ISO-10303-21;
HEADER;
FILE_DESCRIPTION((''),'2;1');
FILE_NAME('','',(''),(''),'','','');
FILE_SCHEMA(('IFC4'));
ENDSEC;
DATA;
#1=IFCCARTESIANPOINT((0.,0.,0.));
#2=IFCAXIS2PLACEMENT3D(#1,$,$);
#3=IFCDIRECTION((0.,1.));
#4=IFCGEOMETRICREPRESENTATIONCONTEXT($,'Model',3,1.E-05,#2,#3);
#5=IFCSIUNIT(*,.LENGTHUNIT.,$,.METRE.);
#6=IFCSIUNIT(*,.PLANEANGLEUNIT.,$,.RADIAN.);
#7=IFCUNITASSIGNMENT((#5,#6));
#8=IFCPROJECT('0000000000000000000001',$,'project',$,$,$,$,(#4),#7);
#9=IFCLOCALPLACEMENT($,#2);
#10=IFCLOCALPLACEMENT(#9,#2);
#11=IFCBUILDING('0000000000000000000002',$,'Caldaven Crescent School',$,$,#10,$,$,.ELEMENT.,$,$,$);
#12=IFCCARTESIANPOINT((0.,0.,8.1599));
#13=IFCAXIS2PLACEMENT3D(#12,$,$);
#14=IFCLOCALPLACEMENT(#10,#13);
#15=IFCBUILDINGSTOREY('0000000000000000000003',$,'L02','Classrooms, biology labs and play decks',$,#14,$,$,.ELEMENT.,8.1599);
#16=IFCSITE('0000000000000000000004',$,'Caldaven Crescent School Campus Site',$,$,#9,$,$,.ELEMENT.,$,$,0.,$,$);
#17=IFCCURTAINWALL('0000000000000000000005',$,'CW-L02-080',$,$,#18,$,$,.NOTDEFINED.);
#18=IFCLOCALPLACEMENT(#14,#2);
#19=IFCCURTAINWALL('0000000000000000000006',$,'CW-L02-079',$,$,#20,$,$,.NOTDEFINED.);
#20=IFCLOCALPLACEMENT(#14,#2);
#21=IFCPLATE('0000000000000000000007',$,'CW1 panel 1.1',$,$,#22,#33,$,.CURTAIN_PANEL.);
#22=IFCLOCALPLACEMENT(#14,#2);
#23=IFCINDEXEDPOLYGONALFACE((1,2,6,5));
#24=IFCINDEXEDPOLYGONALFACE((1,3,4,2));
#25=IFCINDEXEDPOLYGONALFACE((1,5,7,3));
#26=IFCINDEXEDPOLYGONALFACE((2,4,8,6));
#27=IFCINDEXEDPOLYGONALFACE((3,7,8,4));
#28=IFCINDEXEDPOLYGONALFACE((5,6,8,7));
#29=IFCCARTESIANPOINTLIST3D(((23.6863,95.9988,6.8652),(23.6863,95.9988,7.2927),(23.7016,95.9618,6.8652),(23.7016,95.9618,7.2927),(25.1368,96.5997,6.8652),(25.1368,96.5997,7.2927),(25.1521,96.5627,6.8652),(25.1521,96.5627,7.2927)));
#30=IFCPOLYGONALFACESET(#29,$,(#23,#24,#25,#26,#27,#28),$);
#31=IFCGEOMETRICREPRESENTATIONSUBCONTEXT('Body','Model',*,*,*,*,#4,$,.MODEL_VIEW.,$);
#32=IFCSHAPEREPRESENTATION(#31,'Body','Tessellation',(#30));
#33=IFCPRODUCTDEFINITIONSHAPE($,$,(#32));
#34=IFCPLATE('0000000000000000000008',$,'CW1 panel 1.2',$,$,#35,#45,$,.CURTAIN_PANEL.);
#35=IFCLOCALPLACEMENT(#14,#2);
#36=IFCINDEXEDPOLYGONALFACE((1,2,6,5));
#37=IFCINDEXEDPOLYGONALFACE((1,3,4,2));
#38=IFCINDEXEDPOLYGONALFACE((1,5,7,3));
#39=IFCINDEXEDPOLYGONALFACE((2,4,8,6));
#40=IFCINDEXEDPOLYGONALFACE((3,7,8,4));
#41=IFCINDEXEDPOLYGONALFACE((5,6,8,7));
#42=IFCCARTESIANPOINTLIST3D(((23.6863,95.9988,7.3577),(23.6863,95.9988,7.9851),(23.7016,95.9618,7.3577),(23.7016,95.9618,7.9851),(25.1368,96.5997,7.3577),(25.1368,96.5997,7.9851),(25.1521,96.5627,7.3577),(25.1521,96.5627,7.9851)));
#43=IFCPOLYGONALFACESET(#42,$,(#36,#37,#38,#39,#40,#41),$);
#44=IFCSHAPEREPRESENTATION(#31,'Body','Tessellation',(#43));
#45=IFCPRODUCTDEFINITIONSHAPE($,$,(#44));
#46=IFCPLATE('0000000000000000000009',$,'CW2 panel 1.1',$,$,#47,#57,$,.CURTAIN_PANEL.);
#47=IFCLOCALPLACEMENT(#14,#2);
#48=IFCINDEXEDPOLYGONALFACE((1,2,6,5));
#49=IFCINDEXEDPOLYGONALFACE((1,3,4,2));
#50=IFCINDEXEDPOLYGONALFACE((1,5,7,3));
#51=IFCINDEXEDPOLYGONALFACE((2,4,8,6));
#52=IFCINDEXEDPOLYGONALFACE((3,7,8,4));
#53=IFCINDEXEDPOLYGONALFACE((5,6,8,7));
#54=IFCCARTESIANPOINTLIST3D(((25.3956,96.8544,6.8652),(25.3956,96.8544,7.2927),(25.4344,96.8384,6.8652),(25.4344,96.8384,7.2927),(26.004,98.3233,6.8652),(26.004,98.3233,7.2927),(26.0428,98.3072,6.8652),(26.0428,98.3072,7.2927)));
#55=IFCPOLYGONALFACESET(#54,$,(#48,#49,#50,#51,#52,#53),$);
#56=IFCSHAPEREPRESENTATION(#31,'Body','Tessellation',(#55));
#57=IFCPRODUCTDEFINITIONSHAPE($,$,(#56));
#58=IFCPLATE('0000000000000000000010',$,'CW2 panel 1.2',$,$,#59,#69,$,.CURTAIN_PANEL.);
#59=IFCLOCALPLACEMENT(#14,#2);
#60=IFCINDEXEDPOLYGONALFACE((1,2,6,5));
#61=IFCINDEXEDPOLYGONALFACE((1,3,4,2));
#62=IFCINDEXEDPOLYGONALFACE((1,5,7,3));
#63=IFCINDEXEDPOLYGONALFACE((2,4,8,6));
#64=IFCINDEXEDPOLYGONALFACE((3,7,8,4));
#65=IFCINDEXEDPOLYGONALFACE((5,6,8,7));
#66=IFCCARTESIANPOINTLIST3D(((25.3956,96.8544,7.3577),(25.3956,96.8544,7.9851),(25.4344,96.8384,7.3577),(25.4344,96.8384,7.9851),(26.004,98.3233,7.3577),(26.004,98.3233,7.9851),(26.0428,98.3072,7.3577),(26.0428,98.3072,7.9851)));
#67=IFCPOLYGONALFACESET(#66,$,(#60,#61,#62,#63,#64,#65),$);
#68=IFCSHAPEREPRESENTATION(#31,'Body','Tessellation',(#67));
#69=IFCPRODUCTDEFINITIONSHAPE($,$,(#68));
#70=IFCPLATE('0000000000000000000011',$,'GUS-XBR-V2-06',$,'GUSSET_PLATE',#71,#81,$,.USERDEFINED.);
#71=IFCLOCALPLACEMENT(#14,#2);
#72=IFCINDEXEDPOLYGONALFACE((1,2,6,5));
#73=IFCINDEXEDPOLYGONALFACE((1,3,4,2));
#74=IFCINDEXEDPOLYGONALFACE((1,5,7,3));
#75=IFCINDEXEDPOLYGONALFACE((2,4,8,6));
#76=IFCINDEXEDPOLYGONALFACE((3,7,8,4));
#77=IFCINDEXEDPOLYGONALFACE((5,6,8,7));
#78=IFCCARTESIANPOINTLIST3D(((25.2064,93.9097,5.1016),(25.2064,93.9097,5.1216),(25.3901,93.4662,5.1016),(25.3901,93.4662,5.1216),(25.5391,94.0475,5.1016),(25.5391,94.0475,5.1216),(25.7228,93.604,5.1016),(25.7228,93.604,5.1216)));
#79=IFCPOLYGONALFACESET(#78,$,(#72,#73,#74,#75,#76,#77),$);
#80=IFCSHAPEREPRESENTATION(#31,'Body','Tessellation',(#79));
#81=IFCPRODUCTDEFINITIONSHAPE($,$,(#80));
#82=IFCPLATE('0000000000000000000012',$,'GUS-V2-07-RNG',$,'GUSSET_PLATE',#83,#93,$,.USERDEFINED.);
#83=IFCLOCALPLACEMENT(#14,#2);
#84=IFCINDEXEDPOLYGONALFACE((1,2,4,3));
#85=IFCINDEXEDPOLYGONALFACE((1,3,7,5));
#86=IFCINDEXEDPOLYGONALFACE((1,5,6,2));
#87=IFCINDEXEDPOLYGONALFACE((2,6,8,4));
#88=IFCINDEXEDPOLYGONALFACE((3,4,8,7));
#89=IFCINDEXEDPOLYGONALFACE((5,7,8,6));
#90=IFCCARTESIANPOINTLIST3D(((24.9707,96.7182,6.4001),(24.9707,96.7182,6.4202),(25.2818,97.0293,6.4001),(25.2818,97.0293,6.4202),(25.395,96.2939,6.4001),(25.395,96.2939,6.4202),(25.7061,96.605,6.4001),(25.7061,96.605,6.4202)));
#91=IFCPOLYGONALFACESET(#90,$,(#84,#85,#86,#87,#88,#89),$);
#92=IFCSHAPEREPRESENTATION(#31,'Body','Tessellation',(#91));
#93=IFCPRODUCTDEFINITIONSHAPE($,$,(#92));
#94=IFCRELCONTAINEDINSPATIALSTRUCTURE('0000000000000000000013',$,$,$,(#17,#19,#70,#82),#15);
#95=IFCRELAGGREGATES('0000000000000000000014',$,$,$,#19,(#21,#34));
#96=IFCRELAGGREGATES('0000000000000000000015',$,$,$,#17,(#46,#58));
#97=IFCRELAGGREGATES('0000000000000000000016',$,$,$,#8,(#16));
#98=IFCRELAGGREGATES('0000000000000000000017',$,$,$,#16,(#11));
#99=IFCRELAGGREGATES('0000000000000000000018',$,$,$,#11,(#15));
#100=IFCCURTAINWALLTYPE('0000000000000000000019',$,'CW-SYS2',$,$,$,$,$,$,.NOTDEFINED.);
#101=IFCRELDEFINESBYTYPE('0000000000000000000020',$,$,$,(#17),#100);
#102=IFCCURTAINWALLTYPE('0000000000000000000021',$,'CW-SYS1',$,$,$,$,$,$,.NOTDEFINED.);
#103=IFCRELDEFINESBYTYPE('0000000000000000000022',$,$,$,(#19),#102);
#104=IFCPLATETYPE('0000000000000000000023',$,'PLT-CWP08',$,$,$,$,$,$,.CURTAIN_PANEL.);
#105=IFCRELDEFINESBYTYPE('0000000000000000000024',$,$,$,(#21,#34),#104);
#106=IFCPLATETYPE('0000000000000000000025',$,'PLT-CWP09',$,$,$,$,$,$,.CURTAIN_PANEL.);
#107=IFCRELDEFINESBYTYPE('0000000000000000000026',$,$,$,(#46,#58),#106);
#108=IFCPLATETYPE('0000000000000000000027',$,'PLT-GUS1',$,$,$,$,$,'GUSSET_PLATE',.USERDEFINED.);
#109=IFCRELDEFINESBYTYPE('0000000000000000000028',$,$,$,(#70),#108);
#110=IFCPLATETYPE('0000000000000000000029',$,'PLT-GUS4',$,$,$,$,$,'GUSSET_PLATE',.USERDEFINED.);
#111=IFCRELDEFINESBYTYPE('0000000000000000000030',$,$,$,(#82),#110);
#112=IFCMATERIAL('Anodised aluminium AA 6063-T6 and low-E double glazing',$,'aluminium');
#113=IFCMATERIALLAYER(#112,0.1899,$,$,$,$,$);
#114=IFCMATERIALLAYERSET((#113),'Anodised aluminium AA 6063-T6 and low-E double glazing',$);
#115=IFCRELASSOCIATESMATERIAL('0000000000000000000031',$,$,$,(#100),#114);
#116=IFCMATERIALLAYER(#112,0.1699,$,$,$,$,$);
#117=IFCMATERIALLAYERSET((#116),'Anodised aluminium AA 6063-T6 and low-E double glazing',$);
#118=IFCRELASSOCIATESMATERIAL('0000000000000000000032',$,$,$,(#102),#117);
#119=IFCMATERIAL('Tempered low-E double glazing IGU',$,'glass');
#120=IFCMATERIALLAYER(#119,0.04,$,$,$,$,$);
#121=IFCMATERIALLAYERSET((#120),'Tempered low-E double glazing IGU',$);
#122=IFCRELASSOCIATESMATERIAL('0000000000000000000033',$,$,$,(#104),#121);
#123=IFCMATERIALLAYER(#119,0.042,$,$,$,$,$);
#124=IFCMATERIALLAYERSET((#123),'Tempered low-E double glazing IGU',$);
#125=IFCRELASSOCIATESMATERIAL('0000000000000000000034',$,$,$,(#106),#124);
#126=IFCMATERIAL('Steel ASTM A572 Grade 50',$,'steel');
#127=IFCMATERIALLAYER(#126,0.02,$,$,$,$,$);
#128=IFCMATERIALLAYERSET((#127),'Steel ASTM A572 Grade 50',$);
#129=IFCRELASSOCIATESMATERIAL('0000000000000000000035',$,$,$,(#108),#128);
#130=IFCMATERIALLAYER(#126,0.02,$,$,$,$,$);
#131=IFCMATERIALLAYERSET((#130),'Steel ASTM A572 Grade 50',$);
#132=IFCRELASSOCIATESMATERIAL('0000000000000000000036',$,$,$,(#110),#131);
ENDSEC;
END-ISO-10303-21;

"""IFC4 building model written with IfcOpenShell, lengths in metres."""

from ifc_helpers import new_model, si_unit, direction, frame, origin, origin_2d, place, context, subcontext, project, spatial, rectangle, extrude, material, layer, layer_set, type_object, element, aggregate, save


model = new_model("IFC4")

# Units and contexts
model_context = context("Model", 3, precision=1e-05, world=origin(), true_north=direction((0.0, 1.0)))
body_context = subcontext(model_context, "Body", "Model", "MODEL_VIEW")
ifc_project = project(units=[si_unit("LENGTHUNIT", "METRE"), si_unit("PLANEANGLEUNIT", "RADIAN")], contexts=[model_context])

# Site, building, storey
site_placement = place(None, origin())
site = spatial("IfcSite", under=ifc_project, at=site_placement, Name="Caldaven Crescent School Campus Site", CompositionType="ELEMENT", RefElevation=0.0)
building_placement = place(site_placement, origin())
building = spatial("IfcBuilding", under=site, at=building_placement, Name="Caldaven Crescent School", CompositionType="ELEMENT")
storey_placement = place(building_placement, frame((0.0, 0.0, 8.1599)))
storey = spatial("IfcBuildingStorey", under=building, at=storey_placement, Name="L02", Description="Classrooms, biology labs and play decks", CompositionType="ELEMENT", Elevation=8.1599)

# Shared definitions
ifc_material_1 = material(Name="Steel ASTM A572 Grade 50", Category="steel")

# Curtain wall
ifc_material_2 = material(Name="Anodised aluminium AA 6063-T6 and low-E double glazing", Category="aluminium")
ifc_layer_1 = layer(ifc_material_2, 0.1899)
ifc_layer_set_1 = layer_set([ifc_layer_1], Name="Anodised aluminium AA 6063-T6 and low-E double glazing")
curtain_wall_type_1 = type_object("IfcCurtainWallType", Name="CW-SYS2", PredefinedType="NOTDEFINED", material=ifc_layer_set_1)
curtain_wall_1_placement = place(storey_placement, origin())
curtain_wall_1 = element("IfcCurtainWall", 1, at=curtain_wall_1_placement, inside=storey, type_object=curtain_wall_type_1, Name="CW-L02-080", PredefinedType="NOTDEFINED")

# Curtain wall
ifc_layer_2 = layer(ifc_material_2, 0.1699)
ifc_layer_set_2 = layer_set([ifc_layer_2], Name="Anodised aluminium AA 6063-T6 and low-E double glazing")
curtain_wall_type_2 = type_object("IfcCurtainWallType", Name="CW-SYS1", PredefinedType="NOTDEFINED", material=ifc_layer_set_2)
curtain_wall_2_placement = place(storey_placement, origin())
curtain_wall_2 = element("IfcCurtainWall", 2, at=curtain_wall_2_placement, inside=storey, type_object=curtain_wall_type_2, Name="CW-L02-079", PredefinedType="NOTDEFINED")

# Plates
ifc_material_3 = material(Name="Tempered low-E double glazing IGU", Category="glass")
ifc_layer_3 = layer(ifc_material_3, 0.04)
ifc_layer_set_3 = layer_set([ifc_layer_3], Name="Tempered low-E double glazing IGU")
plate_type_1 = type_object("IfcPlateType", Name="PLT-CWP08", PredefinedType="CURTAIN_PANEL", material=ifc_layer_set_3)
plate_1_placement = place(storey_placement, frame((24.4192, 96.2808, 6.8652), z_axis=(0.0, 0.0, 1.0), x_axis=(0.92388, 0.382683, 0.0)))
plate_1 = element("IfcPlate", 3, at=plate_1_placement, type_object=plate_type_1, Name="CW1 panel 1.1", PredefinedType="CURTAIN_PANEL", context=body_context, shape_type="SweptSolid", body=[
    extrude(rectangle(XDim=1.5701, YDim=0.04, at=origin_2d()), origin(), (0.0, 0.0, 1.0), 0.4275),
])
plate_2_placement = place(storey_placement, frame((24.4192, 96.2808, 7.3577), z_axis=(0.0, 0.0, 1.0), x_axis=(0.92388, 0.382683, 0.0)))
plate_2 = element("IfcPlate", 4, at=plate_2_placement, type_object=plate_type_1, Name="CW1 panel 1.2", PredefinedType="CURTAIN_PANEL", context=body_context, shape_type="SweptSolid", body=[
    extrude(rectangle(XDim=1.5701, YDim=0.04, at=origin_2d()), origin(), (0.0, 0.0, 1.0), 0.6274),
])
aggregate(curtain_wall_2, [plate_1, plate_2])
ifc_layer_4 = layer(ifc_material_3, 0.042)
ifc_layer_set_4 = layer_set([ifc_layer_4], Name="Tempered low-E double glazing IGU")
plate_type_2 = type_object("IfcPlateType", Name="PLT-CWP09", PredefinedType="CURTAIN_PANEL", material=ifc_layer_set_4)
plate_3_placement = place(storey_placement, frame((25.7192, 97.5808, 6.8652), z_axis=(0.0, 0.0, 1.0), x_axis=(0.382683, 0.92388, 0.0)))
plate_3 = element("IfcPlate", 5, at=plate_3_placement, type_object=plate_type_2, Name="CW2 panel 1.1", PredefinedType="CURTAIN_PANEL", context=body_context, shape_type="SweptSolid", body=[
    extrude(rectangle(XDim=1.5898, YDim=0.042, at=origin_2d()), origin(), (0.0, 0.0, 1.0), 0.4275),
])
plate_4_placement = place(storey_placement, frame((25.7192, 97.5808, 7.3577), z_axis=(0.0, 0.0, 1.0), x_axis=(0.382683, 0.92388, 0.0)))
plate_4 = element("IfcPlate", 6, at=plate_4_placement, type_object=plate_type_2, Name="CW2 panel 1.2", PredefinedType="CURTAIN_PANEL", context=body_context, shape_type="SweptSolid", body=[
    extrude(rectangle(XDim=1.5898, YDim=0.042, at=origin_2d()), origin(), (0.0, 0.0, 1.0), 0.6274),
])
aggregate(curtain_wall_1, [plate_3, plate_4])

# Plates
ifc_layer_5 = layer(ifc_material_1, 0.02)
ifc_layer_set_5 = layer_set([ifc_layer_5], Name="Steel ASTM A572 Grade 50")
plate_type_3 = type_object("IfcPlateType", Name="PLT-GUS1", ElementType="GUSSET_PLATE", PredefinedType="USERDEFINED", material=ifc_layer_set_5)
plate_5_placement = place(storey_placement, frame((25.4646, 93.7568, 5.1016), z_axis=(0.0, 0.0, 1.0), x_axis=(0.382683, -0.92388, 0.0)))
element("IfcPlate", 7, at=plate_5_placement, inside=storey, type_object=plate_type_3, Name="GUS-XBR-V2-06", ObjectType="GUSSET_PLATE", PredefinedType="USERDEFINED", context=body_context, shape_type="SweptSolid", body=[
    extrude(rectangle(XDim=0.48, YDim=0.3601, at=origin_2d()), origin(), (0.0, 0.0, 1.0), 0.02),
])
ifc_layer_6 = layer(ifc_material_1, 0.02)
ifc_layer_set_6 = layer_set([ifc_layer_6], Name="Steel ASTM A572 Grade 50")
plate_type_4 = type_object("IfcPlateType", Name="PLT-GUS4", ElementType="GUSSET_PLATE", PredefinedType="USERDEFINED", material=ifc_layer_set_6)
plate_6_placement = place(storey_placement, frame((25.3384, 96.6616, 6.4001), z_axis=(0.0, 0.0, 1.0), x_axis=(0.707107, -0.707107, 0.0)))
element("IfcPlate", 8, at=plate_6_placement, inside=storey, type_object=plate_type_4, Name="GUS-V2-07-RNG", ObjectType="GUSSET_PLATE", PredefinedType="USERDEFINED", context=body_context, shape_type="SweptSolid", body=[
    extrude(rectangle(XDim=0.6001, YDim=0.4399, at=origin_2d()), origin(), (0.0, 0.0, 1.0), 0.02),
])

save(model, "model.ifc")
